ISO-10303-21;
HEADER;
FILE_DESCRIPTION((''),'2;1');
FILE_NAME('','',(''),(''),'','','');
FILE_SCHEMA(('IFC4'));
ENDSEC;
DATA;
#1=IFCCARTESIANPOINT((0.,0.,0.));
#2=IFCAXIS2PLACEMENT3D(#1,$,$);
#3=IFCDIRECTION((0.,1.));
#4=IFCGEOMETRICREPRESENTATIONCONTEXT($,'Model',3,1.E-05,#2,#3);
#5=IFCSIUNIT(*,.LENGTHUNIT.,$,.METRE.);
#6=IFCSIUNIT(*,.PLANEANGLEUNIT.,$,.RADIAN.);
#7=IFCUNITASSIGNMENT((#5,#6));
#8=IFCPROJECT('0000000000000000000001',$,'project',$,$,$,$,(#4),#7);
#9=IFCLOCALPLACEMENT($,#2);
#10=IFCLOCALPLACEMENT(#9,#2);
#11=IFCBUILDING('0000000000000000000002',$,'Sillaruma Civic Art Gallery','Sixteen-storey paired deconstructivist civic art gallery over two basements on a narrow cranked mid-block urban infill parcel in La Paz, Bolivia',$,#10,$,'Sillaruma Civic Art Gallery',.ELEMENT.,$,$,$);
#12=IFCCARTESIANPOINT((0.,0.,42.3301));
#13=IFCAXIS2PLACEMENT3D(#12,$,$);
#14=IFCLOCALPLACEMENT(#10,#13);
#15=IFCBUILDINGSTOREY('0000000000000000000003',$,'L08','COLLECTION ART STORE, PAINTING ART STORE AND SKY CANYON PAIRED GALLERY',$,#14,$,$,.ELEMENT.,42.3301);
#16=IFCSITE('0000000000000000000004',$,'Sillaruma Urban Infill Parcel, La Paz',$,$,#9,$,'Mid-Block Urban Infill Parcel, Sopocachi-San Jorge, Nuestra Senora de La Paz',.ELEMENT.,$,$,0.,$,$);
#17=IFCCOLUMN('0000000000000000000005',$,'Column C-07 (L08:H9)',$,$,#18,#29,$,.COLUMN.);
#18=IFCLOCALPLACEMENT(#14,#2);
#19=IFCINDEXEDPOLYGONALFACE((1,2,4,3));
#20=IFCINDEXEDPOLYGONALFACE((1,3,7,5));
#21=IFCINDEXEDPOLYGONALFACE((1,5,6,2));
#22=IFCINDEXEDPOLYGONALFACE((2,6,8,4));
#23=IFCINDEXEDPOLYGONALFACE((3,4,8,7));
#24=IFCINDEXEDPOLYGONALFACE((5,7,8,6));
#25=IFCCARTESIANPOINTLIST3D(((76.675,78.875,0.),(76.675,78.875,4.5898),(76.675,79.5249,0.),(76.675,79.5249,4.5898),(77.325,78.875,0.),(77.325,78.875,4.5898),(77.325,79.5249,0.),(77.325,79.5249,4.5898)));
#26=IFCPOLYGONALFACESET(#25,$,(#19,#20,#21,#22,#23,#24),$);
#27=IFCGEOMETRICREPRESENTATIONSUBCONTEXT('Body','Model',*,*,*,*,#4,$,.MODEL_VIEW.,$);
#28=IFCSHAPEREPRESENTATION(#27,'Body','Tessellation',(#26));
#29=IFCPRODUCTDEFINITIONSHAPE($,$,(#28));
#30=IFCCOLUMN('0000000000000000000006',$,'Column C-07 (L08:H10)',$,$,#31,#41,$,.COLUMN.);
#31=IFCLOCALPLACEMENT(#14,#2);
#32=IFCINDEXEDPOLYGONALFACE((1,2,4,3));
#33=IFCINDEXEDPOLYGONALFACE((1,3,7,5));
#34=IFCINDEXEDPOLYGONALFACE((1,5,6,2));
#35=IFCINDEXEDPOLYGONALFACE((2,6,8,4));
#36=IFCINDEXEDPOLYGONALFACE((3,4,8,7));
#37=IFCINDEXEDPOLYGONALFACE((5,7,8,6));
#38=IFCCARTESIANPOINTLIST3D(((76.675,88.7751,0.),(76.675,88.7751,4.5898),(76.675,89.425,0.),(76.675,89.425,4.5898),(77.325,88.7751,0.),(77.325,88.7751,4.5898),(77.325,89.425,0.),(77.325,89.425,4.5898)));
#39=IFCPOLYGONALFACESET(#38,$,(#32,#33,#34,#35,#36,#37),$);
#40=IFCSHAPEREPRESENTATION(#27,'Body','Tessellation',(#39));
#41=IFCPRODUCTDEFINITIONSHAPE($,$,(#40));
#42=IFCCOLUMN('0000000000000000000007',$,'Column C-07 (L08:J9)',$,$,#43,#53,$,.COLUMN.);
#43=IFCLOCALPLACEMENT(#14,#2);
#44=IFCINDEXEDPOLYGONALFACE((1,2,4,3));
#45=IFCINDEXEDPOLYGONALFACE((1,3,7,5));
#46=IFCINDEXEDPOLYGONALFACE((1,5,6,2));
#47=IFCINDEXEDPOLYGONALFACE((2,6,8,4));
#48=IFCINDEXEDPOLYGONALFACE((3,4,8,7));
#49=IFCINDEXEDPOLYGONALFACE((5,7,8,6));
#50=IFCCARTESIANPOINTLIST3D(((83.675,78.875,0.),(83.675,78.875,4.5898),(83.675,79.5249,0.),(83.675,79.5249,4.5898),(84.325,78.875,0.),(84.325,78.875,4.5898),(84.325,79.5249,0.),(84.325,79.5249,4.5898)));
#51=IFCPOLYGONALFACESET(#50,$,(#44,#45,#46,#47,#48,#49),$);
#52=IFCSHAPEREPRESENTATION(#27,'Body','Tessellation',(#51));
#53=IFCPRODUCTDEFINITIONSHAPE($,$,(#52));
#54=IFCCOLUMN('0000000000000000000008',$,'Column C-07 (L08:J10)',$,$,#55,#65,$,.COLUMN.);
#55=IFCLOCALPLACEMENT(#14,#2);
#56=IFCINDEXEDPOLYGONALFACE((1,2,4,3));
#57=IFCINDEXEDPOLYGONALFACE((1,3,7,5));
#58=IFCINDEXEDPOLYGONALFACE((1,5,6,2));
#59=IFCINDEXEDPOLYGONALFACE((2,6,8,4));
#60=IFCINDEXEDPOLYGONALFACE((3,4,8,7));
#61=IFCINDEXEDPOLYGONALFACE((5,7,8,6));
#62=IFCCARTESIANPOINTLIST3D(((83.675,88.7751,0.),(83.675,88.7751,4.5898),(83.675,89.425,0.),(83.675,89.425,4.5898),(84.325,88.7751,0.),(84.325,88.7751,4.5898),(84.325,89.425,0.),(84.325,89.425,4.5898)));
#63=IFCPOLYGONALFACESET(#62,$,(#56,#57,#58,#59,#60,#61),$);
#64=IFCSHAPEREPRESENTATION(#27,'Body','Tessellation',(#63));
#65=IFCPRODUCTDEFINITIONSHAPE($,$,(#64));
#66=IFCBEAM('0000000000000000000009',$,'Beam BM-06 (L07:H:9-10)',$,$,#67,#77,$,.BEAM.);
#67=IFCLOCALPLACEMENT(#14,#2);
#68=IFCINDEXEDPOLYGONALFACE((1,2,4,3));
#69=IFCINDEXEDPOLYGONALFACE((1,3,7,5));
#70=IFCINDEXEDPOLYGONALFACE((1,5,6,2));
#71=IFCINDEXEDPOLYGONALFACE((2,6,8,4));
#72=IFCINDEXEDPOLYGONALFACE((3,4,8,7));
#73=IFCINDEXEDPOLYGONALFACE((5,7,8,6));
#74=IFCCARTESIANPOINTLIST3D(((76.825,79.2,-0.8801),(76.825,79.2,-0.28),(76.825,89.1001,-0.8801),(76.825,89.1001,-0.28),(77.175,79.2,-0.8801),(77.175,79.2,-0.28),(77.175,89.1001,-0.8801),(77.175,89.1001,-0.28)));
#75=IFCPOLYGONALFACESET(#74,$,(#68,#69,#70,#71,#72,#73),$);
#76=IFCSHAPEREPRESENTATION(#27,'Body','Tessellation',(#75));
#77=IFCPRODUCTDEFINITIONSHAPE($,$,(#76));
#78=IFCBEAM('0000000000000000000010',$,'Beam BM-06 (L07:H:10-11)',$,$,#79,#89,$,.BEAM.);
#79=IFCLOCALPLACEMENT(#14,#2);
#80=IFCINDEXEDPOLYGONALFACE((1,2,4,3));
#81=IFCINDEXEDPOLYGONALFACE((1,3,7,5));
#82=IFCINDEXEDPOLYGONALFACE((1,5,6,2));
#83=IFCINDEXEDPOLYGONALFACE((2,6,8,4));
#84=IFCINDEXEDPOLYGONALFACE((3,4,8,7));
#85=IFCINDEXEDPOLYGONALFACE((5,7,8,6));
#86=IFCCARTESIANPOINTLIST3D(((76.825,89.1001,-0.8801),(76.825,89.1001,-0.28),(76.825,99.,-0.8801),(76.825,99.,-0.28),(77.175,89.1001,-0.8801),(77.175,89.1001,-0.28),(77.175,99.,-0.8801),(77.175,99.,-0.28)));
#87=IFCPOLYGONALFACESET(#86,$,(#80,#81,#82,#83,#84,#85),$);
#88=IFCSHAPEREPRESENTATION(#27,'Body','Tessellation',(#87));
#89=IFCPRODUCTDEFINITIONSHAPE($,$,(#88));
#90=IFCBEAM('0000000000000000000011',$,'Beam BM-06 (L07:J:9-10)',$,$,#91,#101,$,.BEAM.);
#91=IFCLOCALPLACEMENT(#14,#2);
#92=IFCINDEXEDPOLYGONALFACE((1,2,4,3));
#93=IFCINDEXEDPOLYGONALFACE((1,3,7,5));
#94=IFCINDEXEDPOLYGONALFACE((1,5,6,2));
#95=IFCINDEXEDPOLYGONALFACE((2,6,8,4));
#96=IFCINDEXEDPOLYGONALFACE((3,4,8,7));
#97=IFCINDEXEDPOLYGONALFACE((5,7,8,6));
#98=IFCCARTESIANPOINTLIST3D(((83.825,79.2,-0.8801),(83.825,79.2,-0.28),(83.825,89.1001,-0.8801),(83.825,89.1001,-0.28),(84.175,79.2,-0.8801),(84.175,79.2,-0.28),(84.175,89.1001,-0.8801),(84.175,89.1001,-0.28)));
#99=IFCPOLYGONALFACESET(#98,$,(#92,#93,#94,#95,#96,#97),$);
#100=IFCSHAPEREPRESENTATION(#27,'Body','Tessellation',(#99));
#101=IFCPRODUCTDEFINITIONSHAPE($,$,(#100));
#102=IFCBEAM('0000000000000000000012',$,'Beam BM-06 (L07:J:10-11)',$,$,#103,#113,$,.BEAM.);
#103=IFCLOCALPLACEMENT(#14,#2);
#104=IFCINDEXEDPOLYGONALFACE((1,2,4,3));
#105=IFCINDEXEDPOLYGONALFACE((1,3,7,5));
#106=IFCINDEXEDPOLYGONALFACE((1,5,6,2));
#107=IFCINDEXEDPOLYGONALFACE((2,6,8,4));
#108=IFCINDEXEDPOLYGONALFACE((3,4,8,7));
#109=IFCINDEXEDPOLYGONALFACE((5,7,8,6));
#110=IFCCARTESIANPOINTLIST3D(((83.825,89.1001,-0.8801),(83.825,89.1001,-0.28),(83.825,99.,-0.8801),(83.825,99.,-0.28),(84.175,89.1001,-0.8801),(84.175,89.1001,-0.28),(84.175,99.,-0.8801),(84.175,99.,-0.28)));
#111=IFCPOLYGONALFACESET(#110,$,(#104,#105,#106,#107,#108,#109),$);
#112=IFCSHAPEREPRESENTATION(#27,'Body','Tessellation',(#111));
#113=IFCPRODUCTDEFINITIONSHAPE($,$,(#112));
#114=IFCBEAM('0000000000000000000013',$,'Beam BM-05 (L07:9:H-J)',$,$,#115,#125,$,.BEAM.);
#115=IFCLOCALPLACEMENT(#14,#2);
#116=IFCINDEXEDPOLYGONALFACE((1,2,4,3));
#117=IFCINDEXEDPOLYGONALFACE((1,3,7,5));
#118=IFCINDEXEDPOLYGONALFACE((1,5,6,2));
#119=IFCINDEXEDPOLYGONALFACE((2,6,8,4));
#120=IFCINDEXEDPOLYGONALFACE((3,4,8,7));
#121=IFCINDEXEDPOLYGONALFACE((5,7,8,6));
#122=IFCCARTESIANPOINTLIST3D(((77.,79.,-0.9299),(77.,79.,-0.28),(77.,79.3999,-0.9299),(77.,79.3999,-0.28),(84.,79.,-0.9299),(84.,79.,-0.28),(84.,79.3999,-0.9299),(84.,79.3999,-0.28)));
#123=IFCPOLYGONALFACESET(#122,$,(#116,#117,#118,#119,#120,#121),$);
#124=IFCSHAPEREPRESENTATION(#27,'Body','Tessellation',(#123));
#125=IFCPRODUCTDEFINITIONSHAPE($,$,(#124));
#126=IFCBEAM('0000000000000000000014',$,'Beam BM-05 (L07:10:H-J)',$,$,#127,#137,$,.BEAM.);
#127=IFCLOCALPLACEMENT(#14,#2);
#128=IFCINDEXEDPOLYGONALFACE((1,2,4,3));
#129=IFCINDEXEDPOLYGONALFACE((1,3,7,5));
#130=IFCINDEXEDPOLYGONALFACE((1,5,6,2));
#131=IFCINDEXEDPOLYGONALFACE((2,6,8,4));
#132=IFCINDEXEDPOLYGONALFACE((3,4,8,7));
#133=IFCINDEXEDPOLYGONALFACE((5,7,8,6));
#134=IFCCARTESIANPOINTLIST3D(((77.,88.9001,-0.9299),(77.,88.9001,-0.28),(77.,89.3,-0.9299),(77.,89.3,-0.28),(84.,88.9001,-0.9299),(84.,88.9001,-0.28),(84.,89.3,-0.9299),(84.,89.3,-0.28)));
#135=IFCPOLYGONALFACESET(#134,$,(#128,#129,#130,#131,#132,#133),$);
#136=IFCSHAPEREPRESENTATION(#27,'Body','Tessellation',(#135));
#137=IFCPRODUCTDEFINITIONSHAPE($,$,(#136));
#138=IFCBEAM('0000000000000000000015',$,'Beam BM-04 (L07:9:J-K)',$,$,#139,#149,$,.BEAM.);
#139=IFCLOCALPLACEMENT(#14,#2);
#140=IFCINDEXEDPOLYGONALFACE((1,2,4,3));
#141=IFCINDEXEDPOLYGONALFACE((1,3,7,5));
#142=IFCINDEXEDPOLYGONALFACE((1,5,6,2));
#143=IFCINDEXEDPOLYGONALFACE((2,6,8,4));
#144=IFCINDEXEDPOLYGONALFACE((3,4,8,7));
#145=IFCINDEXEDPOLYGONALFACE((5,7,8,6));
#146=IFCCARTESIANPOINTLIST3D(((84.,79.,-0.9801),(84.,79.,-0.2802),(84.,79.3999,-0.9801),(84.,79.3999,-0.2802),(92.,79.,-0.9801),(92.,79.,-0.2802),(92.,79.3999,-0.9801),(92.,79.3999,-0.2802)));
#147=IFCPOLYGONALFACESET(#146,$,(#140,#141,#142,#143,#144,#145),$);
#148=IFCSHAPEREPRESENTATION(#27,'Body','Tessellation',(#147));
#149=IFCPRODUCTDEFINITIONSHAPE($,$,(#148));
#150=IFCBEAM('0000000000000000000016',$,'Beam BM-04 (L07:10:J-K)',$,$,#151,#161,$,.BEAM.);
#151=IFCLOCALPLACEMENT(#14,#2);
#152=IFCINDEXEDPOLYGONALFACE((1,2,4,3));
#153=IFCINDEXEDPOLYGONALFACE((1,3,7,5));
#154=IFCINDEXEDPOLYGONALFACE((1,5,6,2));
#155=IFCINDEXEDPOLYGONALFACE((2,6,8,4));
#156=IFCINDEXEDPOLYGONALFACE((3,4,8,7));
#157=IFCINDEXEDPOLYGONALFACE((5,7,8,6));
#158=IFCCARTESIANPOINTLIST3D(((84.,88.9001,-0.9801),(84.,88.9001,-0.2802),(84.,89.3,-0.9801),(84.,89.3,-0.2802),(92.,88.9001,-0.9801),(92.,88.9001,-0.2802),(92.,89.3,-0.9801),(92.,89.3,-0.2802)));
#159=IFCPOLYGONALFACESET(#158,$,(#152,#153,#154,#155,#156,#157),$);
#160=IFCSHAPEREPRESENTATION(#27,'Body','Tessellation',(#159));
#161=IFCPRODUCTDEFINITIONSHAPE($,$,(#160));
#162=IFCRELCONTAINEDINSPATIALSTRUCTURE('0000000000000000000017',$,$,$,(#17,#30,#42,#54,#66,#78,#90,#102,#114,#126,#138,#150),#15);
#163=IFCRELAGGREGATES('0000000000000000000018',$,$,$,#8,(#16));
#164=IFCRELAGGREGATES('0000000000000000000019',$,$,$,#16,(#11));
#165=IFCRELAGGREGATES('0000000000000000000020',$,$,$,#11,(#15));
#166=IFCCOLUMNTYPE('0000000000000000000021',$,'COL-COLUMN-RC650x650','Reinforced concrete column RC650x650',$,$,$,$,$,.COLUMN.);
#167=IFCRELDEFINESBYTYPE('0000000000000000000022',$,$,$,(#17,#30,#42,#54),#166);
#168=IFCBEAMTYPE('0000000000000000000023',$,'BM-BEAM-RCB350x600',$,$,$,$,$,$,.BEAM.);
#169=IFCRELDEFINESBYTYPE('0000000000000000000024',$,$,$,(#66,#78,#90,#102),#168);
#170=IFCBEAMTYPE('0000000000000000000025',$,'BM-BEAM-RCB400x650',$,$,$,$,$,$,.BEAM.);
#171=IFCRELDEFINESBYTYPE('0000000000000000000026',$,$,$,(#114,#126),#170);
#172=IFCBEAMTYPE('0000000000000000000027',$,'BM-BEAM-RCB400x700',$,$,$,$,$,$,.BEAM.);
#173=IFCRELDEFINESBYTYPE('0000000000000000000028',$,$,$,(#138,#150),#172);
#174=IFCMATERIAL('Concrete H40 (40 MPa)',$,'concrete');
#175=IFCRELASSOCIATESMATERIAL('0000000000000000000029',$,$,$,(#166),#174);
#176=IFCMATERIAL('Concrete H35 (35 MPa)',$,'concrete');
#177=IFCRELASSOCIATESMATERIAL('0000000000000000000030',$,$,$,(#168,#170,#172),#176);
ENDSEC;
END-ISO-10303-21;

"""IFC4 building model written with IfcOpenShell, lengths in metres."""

from ifc_helpers import new_model, si_unit, direction, frame, origin, origin_2d, place, context, subcontext, project, spatial, rectangle, extrude, material, material_profile, profile_set, type_object, element, save


model = new_model("IFC4")

# Units and contexts
model_context = context("Model", 3, precision=1e-05, world=origin(), true_north=direction((0.0, 1.0)))
body_context = subcontext(model_context, "Body", "Model", "MODEL_VIEW")
ifc_project = project(units=[si_unit("LENGTHUNIT", "METRE"), si_unit("PLANEANGLEUNIT", "RADIAN")], contexts=[model_context])

# Site, building, storey
site_placement = place(None, origin())
site = spatial("IfcSite", under=ifc_project, at=site_placement, Name="Sillaruma Urban Infill Parcel, La Paz", LongName="Mid-Block Urban Infill Parcel, Sopocachi-San Jorge, Nuestra Senora de La Paz", CompositionType="ELEMENT", RefElevation=0.0)
building_placement = place(site_placement, origin())
building = spatial("IfcBuilding", under=site, at=building_placement, Name="Sillaruma Civic Art Gallery", Description="Sixteen-storey paired deconstructivist civic art gallery over two basements on a narrow cranked mid-block urban infill parcel in La Paz, Bolivia", LongName="Sillaruma Civic Art Gallery", CompositionType="ELEMENT")
storey_placement = place(building_placement, frame((0.0, 0.0, 42.3301)))
storey = spatial("IfcBuildingStorey", under=building, at=storey_placement, Name="L08", Description="COLLECTION ART STORE, PAINTING ART STORE AND SKY CANYON PAIRED GALLERY", CompositionType="ELEMENT", Elevation=42.3301)

# Columns
ifc_material_1 = material(Name="Concrete H40 (40 MPa)", Category="concrete")
ifc_material_profile_1 = material_profile(ifc_material_1, rectangle(XDim=0.6499, YDim=0.6499, at=origin_2d()), Name="RC650x650")
ifc_profile_set_1 = profile_set([ifc_material_profile_1], Name="Concrete H40 (40 MPa)")
column_type = type_object("IfcColumnType", Name="COL-COLUMN-RC650x650", Description="Reinforced concrete column RC650x650", PredefinedType="COLUMN", material=ifc_profile_set_1)
for number, where, z_axis, x_axis, name in (
    (1, (77.0, 79.2, 0.0), (0.0, 0.0, 1.0), (1.0, 0.0, 0.0), "Column C-07 (L08:H9)"),
    (2, (77.0, 89.1001, 0.0), (0.0, 0.0, 1.0), (1.0, 0.0, 0.0), "Column C-07 (L08:H10)"),
    (3, (84.0, 79.2, 0.0), (0.0, 0.0, 1.0), (1.0, 0.0, 0.0), "Column C-07 (L08:J9)"),
    (4, (84.0, 89.1001, 0.0), (0.0, 0.0, 1.0), (1.0, 0.0, 0.0), "Column C-07 (L08:J10)"),
):
    element("IfcColumn", number, at=place(storey_placement, frame(where, z_axis=z_axis, x_axis=x_axis)), inside=storey, type_object=column_type, Name=name, PredefinedType="COLUMN", context=body_context, shape_type="SweptSolid", body=[
        extrude(rectangle(XDim=0.6499, YDim=0.6499, at=origin_2d()), origin(), (0.0, 0.0, 1.0), 4.5898),
    ])

# Beams
ifc_material_2 = material(Name="Concrete H35 (35 MPa)", Category="concrete")
ifc_material_profile_2 = material_profile(ifc_material_2, rectangle(XDim=0.3501, YDim=0.6001, at=origin_2d()), Name="RCB350x600")
ifc_profile_set_2 = profile_set([ifc_material_profile_2], Name="Concrete H35 (35 MPa)")
beam_type_1 = type_object("IfcBeamType", Name="BM-BEAM-RCB350x600", PredefinedType="BEAM", material=ifc_profile_set_2)
beam_1_placement = place(storey_placement, frame((77.0, 79.2, -0.5801), z_axis=(0.0, 1.0, 0.0), x_axis=(-1.0, 0.0, 0.0)))
element("IfcBeam", 5, at=beam_1_placement, inside=storey, type_object=beam_type_1, Name="Beam BM-06 (L07:H:9-10)", PredefinedType="BEAM", context=body_context, shape_type="SweptSolid", body=[
    extrude(rectangle(XDim=0.3501, YDim=0.6001, at=origin_2d()), origin(), (0.0, 0.0, 1.0), 9.9001),
])
beam_2_placement = place(storey_placement, frame((77.0, 89.1001, -0.5801), z_axis=(0.0, 1.0, 0.0), x_axis=(-1.0, 0.0, 0.0)))
element("IfcBeam", 6, at=beam_2_placement, inside=storey, type_object=beam_type_1, Name="Beam BM-06 (L07:H:10-11)", PredefinedType="BEAM", context=body_context, shape_type="SweptSolid", body=[
    extrude(rectangle(XDim=0.3501, YDim=0.6001, at=origin_2d()), origin(), (0.0, 0.0, 1.0), 9.8999),
])
beam_3_placement = place(storey_placement, frame((84.0, 79.2, -0.5801), z_axis=(0.0, 1.0, 0.0), x_axis=(-1.0, 0.0, 0.0)))
element("IfcBeam", 7, at=beam_3_placement, inside=storey, type_object=beam_type_1, Name="Beam BM-06 (L07:J:9-10)", PredefinedType="BEAM", context=body_context, shape_type="SweptSolid", body=[
    extrude(rectangle(XDim=0.3501, YDim=0.6001, at=origin_2d()), origin(), (0.0, 0.0, 1.0), 9.9001),
])
beam_4_placement = place(storey_placement, frame((84.0, 89.1001, -0.5801), z_axis=(0.0, 1.0, 0.0), x_axis=(-1.0, 0.0, 0.0)))
element("IfcBeam", 8, at=beam_4_placement, inside=storey, type_object=beam_type_1, Name="Beam BM-06 (L07:J:10-11)", PredefinedType="BEAM", context=body_context, shape_type="SweptSolid", body=[
    extrude(rectangle(XDim=0.3501, YDim=0.6001, at=origin_2d()), origin(), (0.0, 0.0, 1.0), 9.8999),
])
ifc_material_profile_3 = material_profile(ifc_material_2, rectangle(XDim=0.3999, YDim=0.6499, at=origin_2d()), Name="RCB400x650")
ifc_profile_set_3 = profile_set([ifc_material_profile_3], Name="Concrete H35 (35 MPa)")
beam_type_2 = type_object("IfcBeamType", Name="BM-BEAM-RCB400x650", PredefinedType="BEAM", material=ifc_profile_set_3)
for number, where, z_axis, x_axis, name in (
    (9, (77.0, 79.2, -0.605), (1.0, 0.0, 0.0), (0.0, 1.0, 0.0), "Beam BM-05 (L07:9:H-J)"),
    (10, (77.0, 89.1001, -0.605), (1.0, 0.0, 0.0), (0.0, 1.0, 0.0), "Beam BM-05 (L07:10:H-J)"),
):
    element("IfcBeam", number, at=place(storey_placement, frame(where, z_axis=z_axis, x_axis=x_axis)), inside=storey, type_object=beam_type_2, Name=name, PredefinedType="BEAM", context=body_context, shape_type="SweptSolid", body=[
        extrude(rectangle(XDim=0.3999, YDim=0.6499, at=origin_2d()), origin(), (0.0, 0.0, 1.0), 7.0),
    ])
ifc_material_profile_4 = material_profile(ifc_material_2, rectangle(XDim=0.3999, YDim=0.7, at=origin_2d()), Name="RCB400x700")
ifc_profile_set_4 = profile_set([ifc_material_profile_4], Name="Concrete H35 (35 MPa)")
beam_type_3 = type_object("IfcBeamType", Name="BM-BEAM-RCB400x700", PredefinedType="BEAM", material=ifc_profile_set_4)
for number, where, z_axis, x_axis, name in (
    (11, (84.0, 79.2, -0.6301), (1.0, 0.0, 0.0), (0.0, 1.0, 0.0), "Beam BM-04 (L07:9:J-K)"),
    (12, (84.0, 89.1001, -0.6301), (1.0, 0.0, 0.0), (0.0, 1.0, 0.0), "Beam BM-04 (L07:10:J-K)"),
):
    element("IfcBeam", number, at=place(storey_placement, frame(where, z_axis=z_axis, x_axis=x_axis)), inside=storey, type_object=beam_type_3, Name=name, PredefinedType="BEAM", context=body_context, shape_type="SweptSolid", body=[
        extrude(rectangle(XDim=0.3999, YDim=0.7, at=origin_2d()), origin(), (0.0, 0.0, 1.0), 8.0),
    ])

save(model, "model.ifc")
